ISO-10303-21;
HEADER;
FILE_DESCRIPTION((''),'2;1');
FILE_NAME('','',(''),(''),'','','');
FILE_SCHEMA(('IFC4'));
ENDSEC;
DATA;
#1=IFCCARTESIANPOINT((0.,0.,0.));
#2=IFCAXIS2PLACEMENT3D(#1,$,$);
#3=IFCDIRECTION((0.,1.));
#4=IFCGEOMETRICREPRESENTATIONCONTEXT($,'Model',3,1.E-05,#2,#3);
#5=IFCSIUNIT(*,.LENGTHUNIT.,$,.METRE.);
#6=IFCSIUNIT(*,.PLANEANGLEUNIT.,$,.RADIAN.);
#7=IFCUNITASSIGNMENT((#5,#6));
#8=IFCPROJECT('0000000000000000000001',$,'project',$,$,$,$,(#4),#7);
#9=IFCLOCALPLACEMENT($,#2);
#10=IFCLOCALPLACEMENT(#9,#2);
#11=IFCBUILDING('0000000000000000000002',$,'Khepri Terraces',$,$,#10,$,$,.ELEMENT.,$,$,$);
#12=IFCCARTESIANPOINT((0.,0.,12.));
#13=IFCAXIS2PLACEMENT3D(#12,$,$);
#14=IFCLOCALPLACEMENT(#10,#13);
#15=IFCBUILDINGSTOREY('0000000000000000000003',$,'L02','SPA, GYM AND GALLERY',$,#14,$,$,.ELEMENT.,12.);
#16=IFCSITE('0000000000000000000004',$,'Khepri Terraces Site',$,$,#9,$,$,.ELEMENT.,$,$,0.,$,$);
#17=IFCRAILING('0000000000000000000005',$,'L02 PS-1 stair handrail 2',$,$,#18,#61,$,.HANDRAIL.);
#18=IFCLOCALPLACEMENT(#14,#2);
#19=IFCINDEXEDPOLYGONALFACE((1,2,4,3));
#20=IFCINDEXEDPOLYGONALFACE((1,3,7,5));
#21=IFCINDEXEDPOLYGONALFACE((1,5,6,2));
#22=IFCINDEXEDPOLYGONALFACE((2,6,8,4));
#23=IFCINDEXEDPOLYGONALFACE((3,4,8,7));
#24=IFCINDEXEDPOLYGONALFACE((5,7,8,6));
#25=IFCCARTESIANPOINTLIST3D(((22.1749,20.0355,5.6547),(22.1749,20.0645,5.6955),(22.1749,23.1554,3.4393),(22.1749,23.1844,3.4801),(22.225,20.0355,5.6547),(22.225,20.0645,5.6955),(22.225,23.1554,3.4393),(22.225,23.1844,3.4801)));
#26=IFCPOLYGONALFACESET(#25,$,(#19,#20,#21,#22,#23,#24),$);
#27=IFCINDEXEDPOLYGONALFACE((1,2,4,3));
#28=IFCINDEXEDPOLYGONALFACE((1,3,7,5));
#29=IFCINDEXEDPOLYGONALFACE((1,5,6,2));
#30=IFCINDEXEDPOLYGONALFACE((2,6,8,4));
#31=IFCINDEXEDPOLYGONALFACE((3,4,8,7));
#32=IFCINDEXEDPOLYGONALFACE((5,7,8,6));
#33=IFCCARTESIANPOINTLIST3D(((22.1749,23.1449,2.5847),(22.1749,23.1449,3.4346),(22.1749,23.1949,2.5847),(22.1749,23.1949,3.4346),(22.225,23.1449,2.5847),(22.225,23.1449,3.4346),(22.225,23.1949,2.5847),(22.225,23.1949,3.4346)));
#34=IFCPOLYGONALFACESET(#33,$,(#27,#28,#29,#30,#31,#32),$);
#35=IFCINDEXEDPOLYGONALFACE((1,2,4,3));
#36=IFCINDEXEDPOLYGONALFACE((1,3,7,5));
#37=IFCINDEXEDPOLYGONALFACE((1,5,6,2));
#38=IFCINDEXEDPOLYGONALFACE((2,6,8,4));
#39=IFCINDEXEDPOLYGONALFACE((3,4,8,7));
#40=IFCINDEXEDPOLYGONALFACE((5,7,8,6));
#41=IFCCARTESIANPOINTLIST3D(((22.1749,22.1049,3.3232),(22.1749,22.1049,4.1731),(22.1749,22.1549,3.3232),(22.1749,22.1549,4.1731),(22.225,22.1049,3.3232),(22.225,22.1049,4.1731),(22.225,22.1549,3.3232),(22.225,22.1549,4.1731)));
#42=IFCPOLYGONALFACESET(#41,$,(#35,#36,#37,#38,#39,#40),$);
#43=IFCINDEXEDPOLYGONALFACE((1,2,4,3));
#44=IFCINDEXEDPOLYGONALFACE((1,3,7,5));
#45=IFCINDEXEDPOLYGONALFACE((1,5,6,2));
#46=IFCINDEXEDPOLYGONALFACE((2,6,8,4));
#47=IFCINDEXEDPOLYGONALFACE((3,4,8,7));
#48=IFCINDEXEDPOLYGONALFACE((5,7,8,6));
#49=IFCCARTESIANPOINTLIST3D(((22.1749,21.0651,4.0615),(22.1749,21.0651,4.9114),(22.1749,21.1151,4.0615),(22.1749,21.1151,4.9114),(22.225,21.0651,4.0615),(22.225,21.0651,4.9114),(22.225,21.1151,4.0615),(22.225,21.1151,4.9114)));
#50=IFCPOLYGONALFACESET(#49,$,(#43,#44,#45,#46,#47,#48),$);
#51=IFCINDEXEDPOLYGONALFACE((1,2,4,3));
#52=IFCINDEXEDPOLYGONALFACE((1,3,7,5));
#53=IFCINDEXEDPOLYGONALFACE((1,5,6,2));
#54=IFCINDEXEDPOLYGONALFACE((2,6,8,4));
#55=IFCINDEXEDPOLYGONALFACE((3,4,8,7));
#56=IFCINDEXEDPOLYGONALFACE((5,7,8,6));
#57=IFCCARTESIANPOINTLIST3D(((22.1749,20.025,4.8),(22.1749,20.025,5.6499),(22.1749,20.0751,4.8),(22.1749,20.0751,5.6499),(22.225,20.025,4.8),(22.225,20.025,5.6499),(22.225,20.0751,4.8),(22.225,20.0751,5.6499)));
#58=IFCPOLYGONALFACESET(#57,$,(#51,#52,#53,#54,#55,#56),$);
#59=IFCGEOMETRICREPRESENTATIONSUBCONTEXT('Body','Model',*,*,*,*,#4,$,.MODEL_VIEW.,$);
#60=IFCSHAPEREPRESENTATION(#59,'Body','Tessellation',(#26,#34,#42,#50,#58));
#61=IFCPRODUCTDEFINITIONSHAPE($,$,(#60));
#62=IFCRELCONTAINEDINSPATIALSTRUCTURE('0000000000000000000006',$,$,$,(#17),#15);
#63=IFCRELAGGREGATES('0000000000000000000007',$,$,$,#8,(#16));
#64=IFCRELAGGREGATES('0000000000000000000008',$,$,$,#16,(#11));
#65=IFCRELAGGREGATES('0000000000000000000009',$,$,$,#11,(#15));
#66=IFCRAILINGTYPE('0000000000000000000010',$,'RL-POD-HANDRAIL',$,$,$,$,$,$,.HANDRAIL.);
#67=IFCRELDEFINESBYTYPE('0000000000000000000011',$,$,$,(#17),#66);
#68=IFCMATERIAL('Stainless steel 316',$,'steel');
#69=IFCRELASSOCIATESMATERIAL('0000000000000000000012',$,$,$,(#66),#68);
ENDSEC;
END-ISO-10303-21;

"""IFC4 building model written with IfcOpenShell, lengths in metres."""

from ifc_helpers import new_model, si_unit, direction, frame, origin, origin_2d, place, context, subcontext, project, spatial, rectangle, extrude, material, type_object, element, save


model = new_model("IFC4")

# Units and contexts
model_context = context("Model", 3, precision=1e-05, world=origin(), true_north=direction((0.0, 1.0)))
body_context = subcontext(model_context, "Body", "Model", "MODEL_VIEW")
ifc_project = project(units=[si_unit("LENGTHUNIT", "METRE"), si_unit("PLANEANGLEUNIT", "RADIAN")], contexts=[model_context])

# Site, building, storey
site_placement = place(None, origin())
site = spatial("IfcSite", under=ifc_project, at=site_placement, Name="Khepri Terraces Site", CompositionType="ELEMENT", RefElevation=0.0)
building_placement = place(site_placement, origin())
building = spatial("IfcBuilding", under=site, at=building_placement, Name="Khepri Terraces", CompositionType="ELEMENT")
storey_placement = place(building_placement, frame((0.0, 0.0, 12.0)))
storey = spatial("IfcBuildingStorey", under=building, at=storey_placement, Name="L02", Description="SPA, GYM AND GALLERY", CompositionType="ELEMENT", Elevation=12.0)

# Railing
ifc_material_1 = material(Name="Stainless steel 316", Category="steel")
railing_type_1 = type_object("IfcRailingType", Name="RL-POD-HANDRAIL", PredefinedType="HANDRAIL", material=ifc_material_1)
railing_1_placement = place(storey_placement, frame((22.2, 23.1699, 2.5847)))
element("IfcRailing", 1, at=railing_1_placement, inside=storey, type_object=railing_type_1, Name="L02 PS-1 stair handrail 2", PredefinedType="HANDRAIL", context=body_context, shape_type="SweptSolid", body=[
    extrude(rectangle(XDim=0.05, YDim=0.05, at=origin_2d()), frame((0.0, 0.0, 0.875), z_axis=(0.0, -0.815356, 0.578961), x_axis=(1.0, 0.0, 0.0)), (0.0, 0.0, 1.0), 3.8264),
    extrude(rectangle(XDim=0.05, YDim=0.05, at=origin_2d()), origin(), (0.0, 0.0, 1.0), 0.8499),
    extrude(rectangle(XDim=0.05, YDim=0.05, at=origin_2d()), frame((0.0, -1.04, 0.7385)), (0.0, 0.0, 1.0), 0.8499),
    extrude(rectangle(XDim=0.05, YDim=0.05, at=origin_2d()), frame((0.0, -2.0798, 1.4768)), (0.0, 0.0, 1.0), 0.8499),
    extrude(rectangle(XDim=0.05, YDim=0.05, at=origin_2d()), frame((0.0, -3.1199, 2.2153)), (0.0, 0.0, 1.0), 0.8499),
])

save(model, "model.ifc")
